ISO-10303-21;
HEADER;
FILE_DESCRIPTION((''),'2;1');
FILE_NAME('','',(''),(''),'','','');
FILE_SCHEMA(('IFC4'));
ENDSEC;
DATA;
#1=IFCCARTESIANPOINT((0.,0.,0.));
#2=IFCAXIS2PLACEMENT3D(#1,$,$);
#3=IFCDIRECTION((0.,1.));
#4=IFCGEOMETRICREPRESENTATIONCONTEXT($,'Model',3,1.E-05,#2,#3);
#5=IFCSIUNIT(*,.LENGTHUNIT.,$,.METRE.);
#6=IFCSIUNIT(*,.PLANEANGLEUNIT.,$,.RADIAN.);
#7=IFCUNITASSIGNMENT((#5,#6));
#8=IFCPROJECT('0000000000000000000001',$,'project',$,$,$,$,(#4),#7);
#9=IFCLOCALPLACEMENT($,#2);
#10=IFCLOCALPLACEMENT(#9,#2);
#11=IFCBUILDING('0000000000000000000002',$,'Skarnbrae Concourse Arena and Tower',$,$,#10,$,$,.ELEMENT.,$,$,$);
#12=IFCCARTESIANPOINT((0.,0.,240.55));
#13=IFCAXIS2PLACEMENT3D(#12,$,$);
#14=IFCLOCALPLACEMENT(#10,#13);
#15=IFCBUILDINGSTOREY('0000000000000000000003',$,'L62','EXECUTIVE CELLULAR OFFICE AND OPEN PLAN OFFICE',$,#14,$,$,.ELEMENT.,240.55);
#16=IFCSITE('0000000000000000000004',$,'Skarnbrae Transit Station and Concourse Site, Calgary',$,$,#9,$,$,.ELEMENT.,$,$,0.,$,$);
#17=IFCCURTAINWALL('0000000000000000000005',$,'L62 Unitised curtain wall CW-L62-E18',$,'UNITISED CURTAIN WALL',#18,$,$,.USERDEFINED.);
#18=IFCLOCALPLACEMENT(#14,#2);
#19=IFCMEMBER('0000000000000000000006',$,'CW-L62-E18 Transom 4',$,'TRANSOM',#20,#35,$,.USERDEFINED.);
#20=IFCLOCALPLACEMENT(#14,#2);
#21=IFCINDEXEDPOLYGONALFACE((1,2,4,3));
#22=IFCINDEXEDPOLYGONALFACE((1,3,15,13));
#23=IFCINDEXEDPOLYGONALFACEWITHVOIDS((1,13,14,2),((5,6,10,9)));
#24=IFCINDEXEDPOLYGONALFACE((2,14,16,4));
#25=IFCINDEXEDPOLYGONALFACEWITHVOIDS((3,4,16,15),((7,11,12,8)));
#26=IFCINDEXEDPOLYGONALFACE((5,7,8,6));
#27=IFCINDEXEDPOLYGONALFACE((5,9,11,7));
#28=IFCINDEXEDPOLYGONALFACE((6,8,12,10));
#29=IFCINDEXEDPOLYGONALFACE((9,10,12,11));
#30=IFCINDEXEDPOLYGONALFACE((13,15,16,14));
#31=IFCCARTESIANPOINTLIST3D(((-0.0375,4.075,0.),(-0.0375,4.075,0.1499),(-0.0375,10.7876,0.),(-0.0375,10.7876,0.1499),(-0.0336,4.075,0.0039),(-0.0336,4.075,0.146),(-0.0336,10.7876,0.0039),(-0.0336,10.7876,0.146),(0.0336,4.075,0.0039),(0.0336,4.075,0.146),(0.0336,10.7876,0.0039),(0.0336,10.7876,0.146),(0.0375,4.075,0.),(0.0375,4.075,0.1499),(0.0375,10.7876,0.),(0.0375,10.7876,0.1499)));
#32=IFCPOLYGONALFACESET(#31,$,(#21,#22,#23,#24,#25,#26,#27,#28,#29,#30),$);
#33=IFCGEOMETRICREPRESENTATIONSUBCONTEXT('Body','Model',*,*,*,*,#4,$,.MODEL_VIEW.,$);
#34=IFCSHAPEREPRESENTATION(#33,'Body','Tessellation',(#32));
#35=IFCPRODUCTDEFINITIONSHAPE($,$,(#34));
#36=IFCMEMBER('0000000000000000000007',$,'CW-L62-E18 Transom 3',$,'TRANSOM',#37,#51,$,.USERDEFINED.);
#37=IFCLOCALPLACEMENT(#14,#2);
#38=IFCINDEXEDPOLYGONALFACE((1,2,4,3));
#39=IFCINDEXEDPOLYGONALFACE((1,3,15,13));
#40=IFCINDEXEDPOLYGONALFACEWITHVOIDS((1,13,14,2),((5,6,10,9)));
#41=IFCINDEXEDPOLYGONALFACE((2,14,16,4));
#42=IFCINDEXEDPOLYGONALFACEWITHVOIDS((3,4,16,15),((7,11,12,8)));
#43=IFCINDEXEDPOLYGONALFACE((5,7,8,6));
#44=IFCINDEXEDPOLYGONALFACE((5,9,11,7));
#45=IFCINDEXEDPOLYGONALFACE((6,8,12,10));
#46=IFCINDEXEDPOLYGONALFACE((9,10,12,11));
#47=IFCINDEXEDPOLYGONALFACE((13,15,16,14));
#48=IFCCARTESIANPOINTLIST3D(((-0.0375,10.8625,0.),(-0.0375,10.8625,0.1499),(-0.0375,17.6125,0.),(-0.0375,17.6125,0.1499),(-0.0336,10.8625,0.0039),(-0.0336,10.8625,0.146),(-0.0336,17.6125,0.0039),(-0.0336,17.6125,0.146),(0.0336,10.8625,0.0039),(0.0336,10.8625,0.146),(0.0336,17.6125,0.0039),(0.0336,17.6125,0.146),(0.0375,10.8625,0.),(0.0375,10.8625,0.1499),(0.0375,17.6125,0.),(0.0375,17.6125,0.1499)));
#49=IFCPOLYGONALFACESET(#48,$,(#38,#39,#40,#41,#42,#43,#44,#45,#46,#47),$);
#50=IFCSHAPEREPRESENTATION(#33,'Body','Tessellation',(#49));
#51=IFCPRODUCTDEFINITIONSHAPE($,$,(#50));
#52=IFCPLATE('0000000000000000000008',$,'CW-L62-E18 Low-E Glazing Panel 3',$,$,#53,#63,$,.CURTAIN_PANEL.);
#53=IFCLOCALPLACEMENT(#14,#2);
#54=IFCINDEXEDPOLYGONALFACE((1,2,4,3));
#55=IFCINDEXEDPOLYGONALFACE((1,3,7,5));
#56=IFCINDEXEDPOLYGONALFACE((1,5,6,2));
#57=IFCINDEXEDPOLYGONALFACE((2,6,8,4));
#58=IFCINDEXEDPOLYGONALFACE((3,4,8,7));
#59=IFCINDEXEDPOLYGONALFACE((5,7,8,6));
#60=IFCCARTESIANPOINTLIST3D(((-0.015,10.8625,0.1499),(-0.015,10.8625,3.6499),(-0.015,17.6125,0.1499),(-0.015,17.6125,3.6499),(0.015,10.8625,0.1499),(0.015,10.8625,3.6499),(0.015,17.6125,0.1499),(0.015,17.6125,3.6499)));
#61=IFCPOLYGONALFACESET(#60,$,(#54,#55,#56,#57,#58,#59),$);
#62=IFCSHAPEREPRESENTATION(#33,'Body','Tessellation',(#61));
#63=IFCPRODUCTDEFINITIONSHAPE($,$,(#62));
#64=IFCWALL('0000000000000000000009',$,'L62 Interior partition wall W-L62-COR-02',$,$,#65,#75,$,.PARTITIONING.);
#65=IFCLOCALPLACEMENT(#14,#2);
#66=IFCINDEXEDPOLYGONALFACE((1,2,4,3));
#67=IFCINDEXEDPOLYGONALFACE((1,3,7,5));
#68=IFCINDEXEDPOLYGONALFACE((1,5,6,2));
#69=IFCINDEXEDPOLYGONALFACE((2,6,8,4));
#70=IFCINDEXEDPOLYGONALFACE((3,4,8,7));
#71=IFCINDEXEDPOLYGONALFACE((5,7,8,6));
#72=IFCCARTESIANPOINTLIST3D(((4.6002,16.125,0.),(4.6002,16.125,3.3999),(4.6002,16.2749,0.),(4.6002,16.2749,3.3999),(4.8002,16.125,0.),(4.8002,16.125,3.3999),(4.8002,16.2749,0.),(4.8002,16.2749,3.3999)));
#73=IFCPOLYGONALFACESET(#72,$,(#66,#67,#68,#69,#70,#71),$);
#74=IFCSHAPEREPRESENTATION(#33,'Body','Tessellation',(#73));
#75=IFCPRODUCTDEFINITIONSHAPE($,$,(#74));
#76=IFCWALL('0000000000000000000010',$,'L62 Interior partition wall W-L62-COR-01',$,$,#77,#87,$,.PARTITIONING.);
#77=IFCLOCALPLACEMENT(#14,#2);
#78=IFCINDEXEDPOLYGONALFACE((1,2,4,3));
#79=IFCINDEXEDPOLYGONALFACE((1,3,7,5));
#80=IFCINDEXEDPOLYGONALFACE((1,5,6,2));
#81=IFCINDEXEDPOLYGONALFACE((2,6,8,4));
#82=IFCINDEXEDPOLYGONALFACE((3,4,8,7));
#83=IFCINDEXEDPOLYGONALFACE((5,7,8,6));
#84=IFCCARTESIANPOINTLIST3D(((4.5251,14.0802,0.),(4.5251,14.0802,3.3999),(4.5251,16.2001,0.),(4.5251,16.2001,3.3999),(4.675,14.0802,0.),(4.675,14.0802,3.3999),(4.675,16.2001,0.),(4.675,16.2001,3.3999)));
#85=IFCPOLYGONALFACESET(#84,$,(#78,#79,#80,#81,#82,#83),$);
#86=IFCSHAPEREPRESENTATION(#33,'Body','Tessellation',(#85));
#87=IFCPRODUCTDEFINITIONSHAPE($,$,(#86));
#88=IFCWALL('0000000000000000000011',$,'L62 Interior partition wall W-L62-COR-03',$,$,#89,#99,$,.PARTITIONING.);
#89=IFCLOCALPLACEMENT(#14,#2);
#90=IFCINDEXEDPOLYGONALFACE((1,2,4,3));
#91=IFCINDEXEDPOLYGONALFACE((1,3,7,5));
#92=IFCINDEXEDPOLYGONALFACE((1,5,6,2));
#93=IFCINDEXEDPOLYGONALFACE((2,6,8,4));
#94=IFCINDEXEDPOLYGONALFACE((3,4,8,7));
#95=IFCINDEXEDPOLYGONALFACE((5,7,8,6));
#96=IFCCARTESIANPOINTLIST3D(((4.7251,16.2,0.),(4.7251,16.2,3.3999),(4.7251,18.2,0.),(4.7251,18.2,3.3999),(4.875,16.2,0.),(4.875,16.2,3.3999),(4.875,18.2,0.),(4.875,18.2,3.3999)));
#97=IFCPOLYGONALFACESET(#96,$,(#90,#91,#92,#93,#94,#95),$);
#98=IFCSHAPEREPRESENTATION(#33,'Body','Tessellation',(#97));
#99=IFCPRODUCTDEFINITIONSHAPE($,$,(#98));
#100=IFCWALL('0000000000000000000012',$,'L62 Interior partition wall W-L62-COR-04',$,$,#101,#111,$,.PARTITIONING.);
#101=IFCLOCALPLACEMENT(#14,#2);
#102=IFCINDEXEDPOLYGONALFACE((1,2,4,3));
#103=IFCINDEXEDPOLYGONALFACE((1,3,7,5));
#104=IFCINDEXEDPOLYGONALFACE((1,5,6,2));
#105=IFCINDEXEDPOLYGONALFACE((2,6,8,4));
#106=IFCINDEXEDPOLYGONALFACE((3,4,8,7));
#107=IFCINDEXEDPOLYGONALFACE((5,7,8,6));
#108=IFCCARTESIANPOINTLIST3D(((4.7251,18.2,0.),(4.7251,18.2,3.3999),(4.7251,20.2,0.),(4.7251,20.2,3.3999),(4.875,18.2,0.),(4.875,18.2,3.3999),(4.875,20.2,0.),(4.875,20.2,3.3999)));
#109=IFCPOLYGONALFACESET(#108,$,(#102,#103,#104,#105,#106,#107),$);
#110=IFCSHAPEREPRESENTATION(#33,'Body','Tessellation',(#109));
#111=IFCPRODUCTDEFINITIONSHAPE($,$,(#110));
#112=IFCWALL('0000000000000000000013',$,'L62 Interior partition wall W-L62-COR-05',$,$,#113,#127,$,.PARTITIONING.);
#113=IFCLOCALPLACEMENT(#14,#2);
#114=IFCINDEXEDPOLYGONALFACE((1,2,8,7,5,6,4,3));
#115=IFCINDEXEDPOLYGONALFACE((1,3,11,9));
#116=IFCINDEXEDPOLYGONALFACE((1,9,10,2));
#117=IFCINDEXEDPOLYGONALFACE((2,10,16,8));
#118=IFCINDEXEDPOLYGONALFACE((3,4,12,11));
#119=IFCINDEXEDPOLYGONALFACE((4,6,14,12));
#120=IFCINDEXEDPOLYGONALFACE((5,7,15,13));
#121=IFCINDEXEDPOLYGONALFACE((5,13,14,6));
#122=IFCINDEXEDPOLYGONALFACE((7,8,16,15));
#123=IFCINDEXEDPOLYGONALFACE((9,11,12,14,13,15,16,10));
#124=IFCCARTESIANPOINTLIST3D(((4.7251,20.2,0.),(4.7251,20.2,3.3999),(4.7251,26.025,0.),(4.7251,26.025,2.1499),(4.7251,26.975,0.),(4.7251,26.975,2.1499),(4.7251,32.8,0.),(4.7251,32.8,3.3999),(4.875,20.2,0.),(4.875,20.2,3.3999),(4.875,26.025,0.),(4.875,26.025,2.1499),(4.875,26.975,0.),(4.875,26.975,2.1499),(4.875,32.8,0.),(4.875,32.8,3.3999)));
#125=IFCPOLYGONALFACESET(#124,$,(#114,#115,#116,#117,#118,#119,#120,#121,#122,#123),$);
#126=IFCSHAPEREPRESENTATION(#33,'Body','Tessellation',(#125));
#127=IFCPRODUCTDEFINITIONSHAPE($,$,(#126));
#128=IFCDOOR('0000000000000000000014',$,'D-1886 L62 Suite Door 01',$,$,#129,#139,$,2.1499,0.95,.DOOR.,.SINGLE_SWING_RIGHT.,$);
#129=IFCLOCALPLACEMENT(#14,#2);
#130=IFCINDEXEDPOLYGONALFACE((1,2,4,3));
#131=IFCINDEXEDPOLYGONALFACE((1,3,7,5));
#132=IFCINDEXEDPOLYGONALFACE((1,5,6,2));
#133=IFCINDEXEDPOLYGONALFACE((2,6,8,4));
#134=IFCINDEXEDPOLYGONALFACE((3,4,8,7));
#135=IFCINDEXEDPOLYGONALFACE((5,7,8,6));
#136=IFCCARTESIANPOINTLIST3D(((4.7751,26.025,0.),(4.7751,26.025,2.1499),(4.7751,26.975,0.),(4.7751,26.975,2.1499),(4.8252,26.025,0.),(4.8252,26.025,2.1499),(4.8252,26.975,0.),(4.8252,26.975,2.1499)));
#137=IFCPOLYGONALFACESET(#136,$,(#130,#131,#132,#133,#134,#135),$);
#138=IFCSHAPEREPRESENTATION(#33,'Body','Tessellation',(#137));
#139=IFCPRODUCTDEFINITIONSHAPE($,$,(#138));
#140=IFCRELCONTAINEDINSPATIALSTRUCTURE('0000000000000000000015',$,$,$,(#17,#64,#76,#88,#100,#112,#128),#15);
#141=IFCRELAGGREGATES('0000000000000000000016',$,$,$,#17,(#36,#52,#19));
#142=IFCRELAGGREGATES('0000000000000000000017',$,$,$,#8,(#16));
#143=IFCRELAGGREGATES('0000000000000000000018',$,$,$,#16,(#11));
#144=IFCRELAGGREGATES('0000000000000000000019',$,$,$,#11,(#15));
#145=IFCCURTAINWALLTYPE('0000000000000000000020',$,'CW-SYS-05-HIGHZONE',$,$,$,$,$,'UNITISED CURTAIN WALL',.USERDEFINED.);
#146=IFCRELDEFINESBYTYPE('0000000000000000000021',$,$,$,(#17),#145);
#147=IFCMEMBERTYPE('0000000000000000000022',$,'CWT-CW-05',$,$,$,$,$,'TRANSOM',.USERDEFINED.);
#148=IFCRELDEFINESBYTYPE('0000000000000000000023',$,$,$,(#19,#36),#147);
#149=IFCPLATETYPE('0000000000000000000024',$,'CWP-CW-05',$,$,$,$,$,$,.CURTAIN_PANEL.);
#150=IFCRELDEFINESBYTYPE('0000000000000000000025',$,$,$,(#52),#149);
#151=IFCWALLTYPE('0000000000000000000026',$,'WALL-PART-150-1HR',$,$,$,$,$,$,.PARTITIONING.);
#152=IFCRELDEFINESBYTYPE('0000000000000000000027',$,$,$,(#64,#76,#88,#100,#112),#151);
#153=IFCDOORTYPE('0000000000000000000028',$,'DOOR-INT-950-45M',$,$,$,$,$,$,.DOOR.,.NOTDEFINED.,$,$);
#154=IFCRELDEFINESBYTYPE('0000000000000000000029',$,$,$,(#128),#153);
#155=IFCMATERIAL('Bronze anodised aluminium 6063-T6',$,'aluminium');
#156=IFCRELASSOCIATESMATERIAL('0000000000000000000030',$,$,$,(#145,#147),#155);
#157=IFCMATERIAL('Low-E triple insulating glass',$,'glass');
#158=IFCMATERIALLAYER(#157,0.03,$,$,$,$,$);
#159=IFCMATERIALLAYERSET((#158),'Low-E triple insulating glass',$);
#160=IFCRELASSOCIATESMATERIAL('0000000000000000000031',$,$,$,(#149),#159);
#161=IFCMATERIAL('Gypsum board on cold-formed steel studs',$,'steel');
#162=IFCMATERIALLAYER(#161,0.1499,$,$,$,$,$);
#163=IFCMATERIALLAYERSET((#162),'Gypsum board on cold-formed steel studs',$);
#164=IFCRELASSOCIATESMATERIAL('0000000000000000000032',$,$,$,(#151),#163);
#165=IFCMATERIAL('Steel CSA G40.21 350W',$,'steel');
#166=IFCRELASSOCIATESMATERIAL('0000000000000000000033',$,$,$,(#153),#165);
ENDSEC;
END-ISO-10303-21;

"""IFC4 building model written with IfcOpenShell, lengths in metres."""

from ifc_helpers import new_model, si_unit, direction, frame, frame_2d, origin, origin_2d, place, context, subcontext, project, spatial, rectangle, hollow_rectangle, extrude, source, transform, mapped, material, layer, layer_set, material_profile, profile_set, type_object, element, fill, aggregate, save


model = new_model("IFC4")

# Units and contexts
model_context = context("Model", 3, precision=1e-05, world=origin(), true_north=direction((0.0, 1.0)))
body_context = subcontext(model_context, "Body", "Model", "MODEL_VIEW")
ifc_project = project(units=[si_unit("LENGTHUNIT", "METRE"), si_unit("PLANEANGLEUNIT", "RADIAN")], contexts=[model_context])

# Site, building, storey
site_placement = place(None, origin())
site = spatial("IfcSite", under=ifc_project, at=site_placement, Name="Skarnbrae Transit Station and Concourse Site, Calgary", CompositionType="ELEMENT", RefElevation=0.0)
building_placement = place(site_placement, origin())
building = spatial("IfcBuilding", under=site, at=building_placement, Name="Skarnbrae Concourse Arena and Tower", CompositionType="ELEMENT")
storey_placement = place(building_placement, frame((0.0, 0.0, 240.55)))
storey = spatial("IfcBuildingStorey", under=building, at=storey_placement, Name="L62", Description="EXECUTIVE CELLULAR OFFICE AND OPEN PLAN OFFICE", CompositionType="ELEMENT", Elevation=240.55)

# Shared definitions
ifc_material_1 = material(Name="Steel CSA G40.21 350W", Category="steel")

# Curtain wall, members, plate
ifc_material_2 = material(Name="Bronze anodised aluminium 6063-T6", Category="aluminium")
curtain_wall_type = type_object("IfcCurtainWallType", Name="CW-SYS-05-HIGHZONE", ElementType="UNITISED CURTAIN WALL", PredefinedType="USERDEFINED", material=ifc_material_2)
curtain_wall_placement = place(storey_placement, origin())
curtain_wall = element("IfcCurtainWall", 1, at=curtain_wall_placement, inside=storey, type_object=curtain_wall_type, Name="L62 Unitised curtain wall CW-L62-E18", ObjectType="UNITISED CURTAIN WALL", PredefinedType="USERDEFINED")
ifc_material_profile_1 = material_profile(ifc_material_2, hollow_rectangle(XDim=0.075, YDim=0.1499, WallThickness=0.0039, at=origin_2d()), Name="ALU-TRAN-75X150")
ifc_profile_set_1 = profile_set([ifc_material_profile_1], Name="Bronze anodised aluminium 6063-T6")
member_type_1 = type_object("IfcMemberType", Name="CWT-CW-05", ElementType="TRANSOM", PredefinedType="USERDEFINED", material=ifc_profile_set_1)
shared_shape_1 = source(origin(), body_context, "Body", "SweptSolid", [
    extrude(hollow_rectangle(XDim=0.075, YDim=0.1499, WallThickness=0.0039, at=origin_2d()), origin(), (0.0, 0.0, 1.0), 6.7126),
])
member_1_placement = place(storey_placement, frame((0.0, 10.7876, 0.075), z_axis=(0.0, -1.0, 0.0), x_axis=(1.0, 0.0, 0.0)))
member_1 = element("IfcMember", 2, at=member_1_placement, type_object=member_type_1, Name="CW-L62-E18 Transom 4", ObjectType="TRANSOM", PredefinedType="USERDEFINED", context=body_context, shape_type="MappedRepresentation", body=[
    mapped(shared_shape_1, transform((0.0, 0.0, 0.0))),
])
shared_shape_2 = source(origin(), body_context, "Body", "SweptSolid", [
    extrude(hollow_rectangle(XDim=0.075, YDim=0.1499, WallThickness=0.0039, at=origin_2d()), origin(), (0.0, 0.0, 1.0), 6.75),
])
member_2_placement = place(storey_placement, frame((0.0, 17.6125, 0.075), z_axis=(0.0, -1.0, 0.0), x_axis=(1.0, 0.0, 0.0)))
member_2 = element("IfcMember", 3, at=member_2_placement, type_object=member_type_1, Name="CW-L62-E18 Transom 3", ObjectType="TRANSOM", PredefinedType="USERDEFINED", context=body_context, shape_type="MappedRepresentation", body=[
    mapped(shared_shape_2, transform((0.0, 0.0, 0.0))),
])
ifc_material_3 = material(Name="Low-E triple insulating glass", Category="glass")
ifc_layer_1 = layer(ifc_material_3, 0.03)
ifc_layer_set_1 = layer_set([ifc_layer_1], Name="Low-E triple insulating glass")
plate_type = type_object("IfcPlateType", Name="CWP-CW-05", PredefinedType="CURTAIN_PANEL", material=ifc_layer_set_1)
shared_shape_3 = source(origin(), body_context, "Body", "SweptSolid", [
    extrude(rectangle(XDim=6.75, YDim=0.03, at=origin_2d()), origin(), (0.0, 0.0, 1.0), 3.5),
])
plate_placement = place(storey_placement, frame((0.0, 14.2375, 0.1499), z_axis=(0.0, 0.0, 1.0), x_axis=(0.0, -1.0, 0.0)))
plate = element("IfcPlate", 4, at=plate_placement, type_object=plate_type, Name="CW-L62-E18 Low-E Glazing Panel 3", PredefinedType="CURTAIN_PANEL", context=body_context, shape_type="MappedRepresentation", body=[
    mapped(shared_shape_3, transform((0.0, 0.0, 0.0))),
])
aggregate(curtain_wall, [member_2, plate, member_1])

# Walls
ifc_material_4 = material(Name="Gypsum board on cold-formed steel studs", Category="steel")
ifc_layer_2 = layer(ifc_material_4, 0.1499)
ifc_layer_set_2 = layer_set([ifc_layer_2], Name="Gypsum board on cold-formed steel studs")
wall_type_1 = type_object("IfcWallType", Name="WALL-PART-150-1HR", PredefinedType="PARTITIONING", material=ifc_layer_set_2)
shared_shape_4 = source(origin(), body_context, "Body", "SweptSolid", [
    extrude(rectangle(XDim=0.2, YDim=0.1499, at=frame_2d((0.1001, 0.0))), origin(), (0.0, 0.0, 1.0), 3.3999),
])
wall_1_placement = place(storey_placement, frame((4.6001, 16.2, 0.0), z_axis=(0.0, 0.0, 1.0), x_axis=(1.0, 0.0, 0.0)))
element("IfcWall", 5, at=wall_1_placement, inside=storey, type_object=wall_type_1, Name="L62 Interior partition wall W-L62-COR-02", PredefinedType="PARTITIONING", context=body_context, shape_type="MappedRepresentation", body=[
    mapped(shared_shape_4, transform((0.0, 0.0, 0.0))),
])
shared_shape_5 = source(origin(), body_context, "Body", "SweptSolid", [
    extrude(rectangle(XDim=2.1199, YDim=0.1499, at=frame_2d((1.0601, 0.0))), origin(), (0.0, 0.0, 1.0), 3.3999),
])
wall_2_placement = place(storey_placement, frame((4.6001, 14.0801, 0.0), z_axis=(0.0, 0.0, 1.0), x_axis=(0.0, 1.0, 0.0)))
element("IfcWall", 6, at=wall_2_placement, inside=storey, type_object=wall_type_1, Name="L62 Interior partition wall W-L62-COR-01", PredefinedType="PARTITIONING", context=body_context, shape_type="MappedRepresentation", body=[
    mapped(shared_shape_5, transform((0.0, 0.0, 0.0))),
])
shared_shape_6 = source(origin(), body_context, "Body", "SweptSolid", [
    extrude(rectangle(XDim=2.0, YDim=0.1499, at=frame_2d((1.0, 0.0))), origin(), (0.0, 0.0, 1.0), 3.3999),
])
for number, where, z_axis, x_axis, name in (
    (7, (4.8, 16.2, 0.0), (0.0, 0.0, 1.0), (0.0, 1.0, 0.0), "L62 Interior partition wall W-L62-COR-03"),
    (8, (4.8, 18.2, 0.0), (0.0, 0.0, 1.0), (0.0, 1.0, 0.0), "L62 Interior partition wall W-L62-COR-04"),
):
    element("IfcWall", number, at=place(storey_placement, frame(where, z_axis=z_axis, x_axis=x_axis)), inside=storey, type_object=wall_type_1, Name=name, PredefinedType="PARTITIONING", context=body_context, shape_type="MappedRepresentation", body=[
        mapped(shared_shape_6, transform((0.0, 0.0, 0.0))),
    ])

# Wall, opening, door
shared_shape_7 = source(origin(), body_context, "Body", "SweptSolid", [
    extrude(rectangle(XDim=12.6001, YDim=0.1499, at=frame_2d((6.3, 0.0))), origin(), (0.0, 0.0, 1.0), 3.3999),
])
wall_3_placement = place(storey_placement, frame((4.8, 20.2, 0.0), z_axis=(0.0, 0.0, 1.0), x_axis=(0.0, 1.0, 0.0)))
wall_3 = element("IfcWall", 9, at=wall_3_placement, inside=storey, type_object=wall_type_1, Name="L62 Interior partition wall W-L62-COR-05", PredefinedType="PARTITIONING", context=body_context, shape_type="MappedRepresentation", body=[
    mapped(shared_shape_7, transform((0.0, 0.0, 0.0))),
])
opening_1_placement = place(wall_3_placement, frame((5.825, 0.0, 0.0)))
opening_1 = element("IfcOpeningElement", 10, at=opening_1_placement, cuts=wall_3, PredefinedType="OPENING", context=body_context, shape_type="SweptSolid", body=[
    extrude(rectangle(XDim=0.95, YDim=2.1499, at=frame_2d((0.4751, 1.075))), frame((0.0, 0.085, 0.0), z_axis=(0.0, -1.0, 0.0), x_axis=(1.0, 0.0, 0.0)), (0.0, 0.0, 1.0), 0.1699),
])
door_type_1 = type_object("IfcDoorType", Name="DOOR-INT-950-45M", OperationType="NOTDEFINED", PredefinedType="DOOR", material=ifc_material_1)
shared_shape_8 = source(origin(), body_context, "Body", "SweptSolid", [
    extrude(rectangle(XDim=0.95, YDim=2.1499, at=frame_2d((0.4751, 1.075))), frame((0.0, 0.0249, 0.0), z_axis=(0.0, -1.0, 0.0), x_axis=(1.0, 0.0, 0.0)), (0.0, 0.0, 1.0), 0.05),
])
door_1_placement = place(opening_1_placement, origin())
door_1 = element("IfcDoor", 11, at=door_1_placement, inside=storey, type_object=door_type_1, Name="D-1886 L62 Suite Door 01", OperationType="SINGLE_SWING_RIGHT", OverallHeight=2.1499, OverallWidth=0.95, PredefinedType="DOOR", context=body_context, shape_type="MappedRepresentation", body=[
    mapped(shared_shape_8, transform((0.0, 0.0, 0.0))),
])
fill(opening_1, door_1)

save(model, "model.ifc")
